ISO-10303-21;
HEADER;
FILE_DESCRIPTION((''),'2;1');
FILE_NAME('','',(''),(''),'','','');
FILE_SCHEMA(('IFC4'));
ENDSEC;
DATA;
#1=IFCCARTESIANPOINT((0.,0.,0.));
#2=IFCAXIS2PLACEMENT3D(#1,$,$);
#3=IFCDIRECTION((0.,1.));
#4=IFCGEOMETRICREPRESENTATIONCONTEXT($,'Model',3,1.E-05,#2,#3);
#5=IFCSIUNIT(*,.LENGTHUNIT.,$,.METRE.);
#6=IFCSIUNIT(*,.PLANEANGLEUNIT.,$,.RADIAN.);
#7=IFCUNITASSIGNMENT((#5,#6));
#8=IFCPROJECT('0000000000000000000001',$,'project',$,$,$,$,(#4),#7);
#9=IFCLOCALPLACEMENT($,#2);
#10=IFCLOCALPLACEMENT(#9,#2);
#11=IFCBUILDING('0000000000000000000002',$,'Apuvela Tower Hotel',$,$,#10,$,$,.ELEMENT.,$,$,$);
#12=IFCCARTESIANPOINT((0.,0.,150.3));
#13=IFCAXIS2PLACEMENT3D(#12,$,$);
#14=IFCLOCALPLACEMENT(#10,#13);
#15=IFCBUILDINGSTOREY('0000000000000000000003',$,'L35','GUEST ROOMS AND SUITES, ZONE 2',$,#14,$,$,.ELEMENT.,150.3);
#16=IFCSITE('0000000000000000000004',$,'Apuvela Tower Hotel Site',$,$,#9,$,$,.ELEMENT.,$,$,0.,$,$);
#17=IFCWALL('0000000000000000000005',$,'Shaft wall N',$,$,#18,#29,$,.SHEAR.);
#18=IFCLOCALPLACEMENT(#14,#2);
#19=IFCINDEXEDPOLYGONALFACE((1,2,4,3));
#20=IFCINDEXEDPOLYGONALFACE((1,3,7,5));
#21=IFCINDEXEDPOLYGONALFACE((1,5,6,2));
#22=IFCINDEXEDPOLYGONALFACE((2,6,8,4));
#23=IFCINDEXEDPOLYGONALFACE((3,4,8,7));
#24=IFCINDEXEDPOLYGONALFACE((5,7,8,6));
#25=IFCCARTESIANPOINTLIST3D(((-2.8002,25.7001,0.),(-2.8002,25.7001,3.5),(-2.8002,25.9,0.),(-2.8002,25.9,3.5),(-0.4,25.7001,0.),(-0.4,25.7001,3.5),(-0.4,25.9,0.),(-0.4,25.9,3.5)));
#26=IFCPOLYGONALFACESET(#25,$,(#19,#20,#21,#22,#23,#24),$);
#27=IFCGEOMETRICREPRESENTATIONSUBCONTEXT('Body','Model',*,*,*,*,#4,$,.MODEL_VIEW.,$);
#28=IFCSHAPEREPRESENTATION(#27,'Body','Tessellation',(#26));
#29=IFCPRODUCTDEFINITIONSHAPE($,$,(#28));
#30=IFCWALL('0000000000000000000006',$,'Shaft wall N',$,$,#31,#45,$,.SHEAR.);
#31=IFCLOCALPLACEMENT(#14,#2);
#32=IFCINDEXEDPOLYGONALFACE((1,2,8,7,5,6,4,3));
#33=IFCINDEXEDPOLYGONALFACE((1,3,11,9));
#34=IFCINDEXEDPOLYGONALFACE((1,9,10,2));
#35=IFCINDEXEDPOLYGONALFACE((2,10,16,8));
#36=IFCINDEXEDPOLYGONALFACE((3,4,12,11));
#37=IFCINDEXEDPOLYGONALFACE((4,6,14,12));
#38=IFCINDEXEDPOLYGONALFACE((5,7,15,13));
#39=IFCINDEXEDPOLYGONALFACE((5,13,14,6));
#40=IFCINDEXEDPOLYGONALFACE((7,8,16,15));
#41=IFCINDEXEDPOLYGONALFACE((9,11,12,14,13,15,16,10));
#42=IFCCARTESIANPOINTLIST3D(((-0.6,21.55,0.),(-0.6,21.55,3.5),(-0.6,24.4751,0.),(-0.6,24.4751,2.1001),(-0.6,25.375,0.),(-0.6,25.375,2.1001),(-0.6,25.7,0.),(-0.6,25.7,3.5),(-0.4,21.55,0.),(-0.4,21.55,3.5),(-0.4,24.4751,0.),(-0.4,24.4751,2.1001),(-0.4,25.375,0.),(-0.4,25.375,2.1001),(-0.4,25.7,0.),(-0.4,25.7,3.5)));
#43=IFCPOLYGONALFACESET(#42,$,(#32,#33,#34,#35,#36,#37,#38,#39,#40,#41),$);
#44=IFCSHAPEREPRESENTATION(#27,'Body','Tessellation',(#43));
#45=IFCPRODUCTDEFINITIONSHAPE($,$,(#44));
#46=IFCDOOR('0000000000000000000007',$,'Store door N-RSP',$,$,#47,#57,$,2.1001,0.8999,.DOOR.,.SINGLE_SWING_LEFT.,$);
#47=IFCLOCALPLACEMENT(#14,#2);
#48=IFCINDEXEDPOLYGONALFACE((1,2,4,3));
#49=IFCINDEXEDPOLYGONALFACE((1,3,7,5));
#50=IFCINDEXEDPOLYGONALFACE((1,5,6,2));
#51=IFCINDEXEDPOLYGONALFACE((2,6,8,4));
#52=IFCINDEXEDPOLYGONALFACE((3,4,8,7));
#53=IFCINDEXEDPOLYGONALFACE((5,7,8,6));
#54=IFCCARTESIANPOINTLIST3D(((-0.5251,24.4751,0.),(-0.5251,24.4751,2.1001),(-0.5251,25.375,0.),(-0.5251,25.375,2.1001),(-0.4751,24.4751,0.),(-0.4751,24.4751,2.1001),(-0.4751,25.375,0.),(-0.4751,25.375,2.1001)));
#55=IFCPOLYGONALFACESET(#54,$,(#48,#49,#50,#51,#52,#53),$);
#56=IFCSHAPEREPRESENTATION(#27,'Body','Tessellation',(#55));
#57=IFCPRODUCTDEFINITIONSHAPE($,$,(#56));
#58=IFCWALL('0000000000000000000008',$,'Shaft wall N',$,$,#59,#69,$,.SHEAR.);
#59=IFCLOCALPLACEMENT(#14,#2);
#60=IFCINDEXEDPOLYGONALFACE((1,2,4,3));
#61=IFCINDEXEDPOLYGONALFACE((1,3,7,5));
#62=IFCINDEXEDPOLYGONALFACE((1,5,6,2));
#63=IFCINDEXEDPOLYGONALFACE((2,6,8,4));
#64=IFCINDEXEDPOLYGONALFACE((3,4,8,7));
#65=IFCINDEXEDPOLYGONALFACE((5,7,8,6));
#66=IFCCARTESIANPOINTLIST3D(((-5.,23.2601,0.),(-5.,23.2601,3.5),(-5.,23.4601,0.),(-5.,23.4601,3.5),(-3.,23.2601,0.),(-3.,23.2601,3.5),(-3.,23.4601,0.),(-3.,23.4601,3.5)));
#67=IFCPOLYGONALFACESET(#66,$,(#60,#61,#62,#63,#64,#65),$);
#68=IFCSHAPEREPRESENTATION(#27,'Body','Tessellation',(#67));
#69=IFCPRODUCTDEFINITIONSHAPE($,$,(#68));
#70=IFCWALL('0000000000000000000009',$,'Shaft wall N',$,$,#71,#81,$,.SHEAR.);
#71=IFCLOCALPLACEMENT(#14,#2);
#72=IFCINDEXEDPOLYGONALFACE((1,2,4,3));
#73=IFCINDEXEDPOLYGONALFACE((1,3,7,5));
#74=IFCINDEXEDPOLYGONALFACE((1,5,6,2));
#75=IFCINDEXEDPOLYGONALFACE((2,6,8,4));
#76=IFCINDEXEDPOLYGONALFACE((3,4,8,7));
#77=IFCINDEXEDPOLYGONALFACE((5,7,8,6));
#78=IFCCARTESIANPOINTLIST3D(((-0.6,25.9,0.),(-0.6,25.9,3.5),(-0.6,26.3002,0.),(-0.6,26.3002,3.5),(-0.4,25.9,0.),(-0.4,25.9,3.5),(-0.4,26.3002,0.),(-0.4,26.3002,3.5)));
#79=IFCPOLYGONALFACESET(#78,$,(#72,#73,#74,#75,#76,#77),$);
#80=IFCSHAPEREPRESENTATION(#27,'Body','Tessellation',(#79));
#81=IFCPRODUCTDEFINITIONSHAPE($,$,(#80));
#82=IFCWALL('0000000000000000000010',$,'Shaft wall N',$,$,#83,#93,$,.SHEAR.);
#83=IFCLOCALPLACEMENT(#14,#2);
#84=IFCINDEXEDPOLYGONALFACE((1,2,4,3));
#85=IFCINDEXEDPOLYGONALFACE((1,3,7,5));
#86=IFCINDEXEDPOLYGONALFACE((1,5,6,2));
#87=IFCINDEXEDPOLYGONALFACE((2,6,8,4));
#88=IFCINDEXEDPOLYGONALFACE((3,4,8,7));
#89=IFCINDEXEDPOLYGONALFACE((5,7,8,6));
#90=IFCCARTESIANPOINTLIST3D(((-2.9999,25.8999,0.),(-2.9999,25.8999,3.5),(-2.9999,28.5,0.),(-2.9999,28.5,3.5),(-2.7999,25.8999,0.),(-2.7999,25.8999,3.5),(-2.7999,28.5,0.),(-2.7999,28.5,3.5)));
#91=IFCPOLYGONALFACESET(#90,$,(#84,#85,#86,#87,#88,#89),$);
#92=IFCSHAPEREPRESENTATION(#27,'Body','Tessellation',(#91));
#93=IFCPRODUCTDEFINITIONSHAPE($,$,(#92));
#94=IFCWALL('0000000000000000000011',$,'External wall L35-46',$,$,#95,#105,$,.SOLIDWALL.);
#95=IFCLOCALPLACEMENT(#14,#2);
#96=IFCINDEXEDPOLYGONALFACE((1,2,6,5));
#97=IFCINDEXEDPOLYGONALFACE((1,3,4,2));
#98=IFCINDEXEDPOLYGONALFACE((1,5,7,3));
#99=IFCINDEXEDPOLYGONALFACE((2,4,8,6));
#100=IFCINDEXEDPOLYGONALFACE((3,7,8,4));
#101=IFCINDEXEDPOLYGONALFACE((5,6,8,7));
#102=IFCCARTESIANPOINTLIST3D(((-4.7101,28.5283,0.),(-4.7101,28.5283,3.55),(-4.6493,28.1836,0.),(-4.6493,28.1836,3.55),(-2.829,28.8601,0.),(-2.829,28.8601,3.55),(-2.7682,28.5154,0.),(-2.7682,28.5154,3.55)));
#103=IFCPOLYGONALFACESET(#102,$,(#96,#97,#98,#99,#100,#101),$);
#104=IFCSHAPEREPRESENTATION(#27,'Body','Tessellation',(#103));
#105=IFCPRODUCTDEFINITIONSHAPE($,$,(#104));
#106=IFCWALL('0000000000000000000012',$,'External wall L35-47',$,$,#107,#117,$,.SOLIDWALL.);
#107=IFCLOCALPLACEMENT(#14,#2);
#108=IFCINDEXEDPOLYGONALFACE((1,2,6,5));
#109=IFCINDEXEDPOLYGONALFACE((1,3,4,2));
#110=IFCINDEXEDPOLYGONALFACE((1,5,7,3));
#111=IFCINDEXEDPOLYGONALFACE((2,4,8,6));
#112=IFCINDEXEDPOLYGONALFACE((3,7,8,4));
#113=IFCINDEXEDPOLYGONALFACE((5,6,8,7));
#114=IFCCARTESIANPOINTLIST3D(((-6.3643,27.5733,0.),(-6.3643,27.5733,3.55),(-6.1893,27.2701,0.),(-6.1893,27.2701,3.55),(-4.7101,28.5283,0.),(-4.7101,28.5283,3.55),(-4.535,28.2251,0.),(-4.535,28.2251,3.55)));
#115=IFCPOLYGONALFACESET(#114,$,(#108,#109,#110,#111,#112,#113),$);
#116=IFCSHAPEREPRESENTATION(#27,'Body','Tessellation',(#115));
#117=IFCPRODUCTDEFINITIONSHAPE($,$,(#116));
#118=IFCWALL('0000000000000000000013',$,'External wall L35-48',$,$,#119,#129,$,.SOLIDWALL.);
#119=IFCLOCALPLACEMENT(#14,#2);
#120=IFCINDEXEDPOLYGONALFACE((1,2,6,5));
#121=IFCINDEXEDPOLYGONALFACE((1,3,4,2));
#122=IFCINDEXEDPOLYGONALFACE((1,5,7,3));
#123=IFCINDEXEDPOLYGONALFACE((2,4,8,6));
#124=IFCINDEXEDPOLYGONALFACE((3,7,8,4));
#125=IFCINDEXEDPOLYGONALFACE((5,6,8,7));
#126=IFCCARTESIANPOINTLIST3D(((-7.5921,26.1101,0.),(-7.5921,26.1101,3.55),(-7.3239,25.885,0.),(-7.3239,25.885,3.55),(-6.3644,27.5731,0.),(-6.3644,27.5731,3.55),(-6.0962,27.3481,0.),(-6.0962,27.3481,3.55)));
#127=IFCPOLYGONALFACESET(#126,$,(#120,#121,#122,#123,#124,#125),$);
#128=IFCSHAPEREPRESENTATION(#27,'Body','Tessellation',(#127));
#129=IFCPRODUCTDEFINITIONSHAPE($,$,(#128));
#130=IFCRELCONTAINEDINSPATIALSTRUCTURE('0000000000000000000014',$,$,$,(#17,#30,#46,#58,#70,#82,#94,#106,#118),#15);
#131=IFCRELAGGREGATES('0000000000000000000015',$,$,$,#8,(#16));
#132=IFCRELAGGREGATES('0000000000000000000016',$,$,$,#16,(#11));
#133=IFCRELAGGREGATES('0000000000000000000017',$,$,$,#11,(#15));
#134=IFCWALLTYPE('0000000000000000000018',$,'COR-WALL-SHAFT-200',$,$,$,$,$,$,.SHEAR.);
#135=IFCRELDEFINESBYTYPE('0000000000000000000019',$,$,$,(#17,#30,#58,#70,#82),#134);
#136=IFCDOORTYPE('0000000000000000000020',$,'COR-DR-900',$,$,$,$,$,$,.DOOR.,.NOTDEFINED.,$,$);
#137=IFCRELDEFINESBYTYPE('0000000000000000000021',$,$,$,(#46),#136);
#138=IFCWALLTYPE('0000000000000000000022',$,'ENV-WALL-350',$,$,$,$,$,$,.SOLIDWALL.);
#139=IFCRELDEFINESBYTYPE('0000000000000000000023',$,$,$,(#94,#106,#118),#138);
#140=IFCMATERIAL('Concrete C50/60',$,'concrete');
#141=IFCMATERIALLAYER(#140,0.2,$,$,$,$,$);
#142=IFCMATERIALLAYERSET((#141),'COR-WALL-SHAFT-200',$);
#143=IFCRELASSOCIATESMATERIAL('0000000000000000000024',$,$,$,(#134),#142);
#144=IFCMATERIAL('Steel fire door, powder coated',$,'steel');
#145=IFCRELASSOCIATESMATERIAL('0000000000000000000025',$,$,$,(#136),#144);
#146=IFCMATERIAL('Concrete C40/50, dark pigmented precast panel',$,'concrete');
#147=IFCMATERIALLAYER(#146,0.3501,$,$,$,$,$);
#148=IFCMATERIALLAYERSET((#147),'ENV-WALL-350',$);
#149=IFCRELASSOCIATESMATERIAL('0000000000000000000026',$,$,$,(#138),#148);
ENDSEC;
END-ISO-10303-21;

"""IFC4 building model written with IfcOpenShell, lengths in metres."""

from ifc_helpers import new_model, si_unit, direction, frame, frame_2d, origin, place, context, subcontext, project, spatial, rectangle, extrude, material, layer, layer_set, type_object, element, fill, save


model = new_model("IFC4")

# Units and contexts
model_context = context("Model", 3, precision=1e-05, world=origin(), true_north=direction((0.0, 1.0)))
body_context = subcontext(model_context, "Body", "Model", "MODEL_VIEW")
ifc_project = project(units=[si_unit("LENGTHUNIT", "METRE"), si_unit("PLANEANGLEUNIT", "RADIAN")], contexts=[model_context])

# Site, building, storey
site_placement = place(None, origin())
site = spatial("IfcSite", under=ifc_project, at=site_placement, Name="Apuvela Tower Hotel Site", CompositionType="ELEMENT", RefElevation=0.0)
building_placement = place(site_placement, origin())
building = spatial("IfcBuilding", under=site, at=building_placement, Name="Apuvela Tower Hotel", CompositionType="ELEMENT")
storey_placement = place(building_placement, frame((0.0, 0.0, 150.3)))
storey = spatial("IfcBuildingStorey", under=building, at=storey_placement, Name="L35", Description="GUEST ROOMS AND SUITES, ZONE 2", CompositionType="ELEMENT", Elevation=150.3)

# Wall
ifc_material_1 = material(Name="Concrete C50/60", Category="concrete")
ifc_layer_1 = layer(ifc_material_1, 0.2)
ifc_layer_set_1 = layer_set([ifc_layer_1], Name="COR-WALL-SHAFT-200")
wall_type_1 = type_object("IfcWallType", Name="COR-WALL-SHAFT-200", PredefinedType="SHEAR", material=ifc_layer_set_1)
wall_1_placement = place(storey_placement, frame((-0.3999, 25.8, 0.0), z_axis=(0.0, 0.0, 1.0), x_axis=(-1.0, 0.0, 0.0)))
element("IfcWall", 1, at=wall_1_placement, inside=storey, type_object=wall_type_1, Name="Shaft wall N", PredefinedType="SHEAR", context=body_context, shape_type="SweptSolid", body=[
    extrude(rectangle(XDim=2.4001, YDim=0.2, at=frame_2d((1.2002, 0.0))), origin(), (0.0, 0.0, 1.0), 3.5),
])

# Wall, opening, door
wall_2_placement = place(storey_placement, frame((-0.5, 21.55, 0.0), z_axis=(0.0, 0.0, 1.0), x_axis=(0.0, 1.0, 0.0)))
wall_2 = element("IfcWall", 2, at=wall_2_placement, inside=storey, type_object=wall_type_1, Name="Shaft wall N", PredefinedType="SHEAR", context=body_context, shape_type="SweptSolid", body=[
    extrude(rectangle(XDim=4.1499, YDim=0.2, at=frame_2d((2.075, 0.0))), origin(), (0.0, 0.0, 1.0), 3.5),
])
opening_1_placement = place(wall_2_placement, frame((2.925, 0.0, 0.0)))
opening_1 = element("IfcOpeningElement", 3, at=opening_1_placement, cuts=wall_2, PredefinedType="OPENING", context=body_context, shape_type="SweptSolid", body=[
    extrude(rectangle(XDim=0.8999, YDim=2.1001, at=frame_2d((0.45, 1.05))), frame((0.0, 0.1099, 0.0), z_axis=(0.0, -1.0, 0.0), x_axis=(1.0, 0.0, 0.0)), (0.0, 0.0, 1.0), 0.22),
])
ifc_material_2 = material(Name="Steel fire door, powder coated", Category="steel")
door_type_1 = type_object("IfcDoorType", Name="COR-DR-900", OperationType="NOTDEFINED", PredefinedType="DOOR", material=ifc_material_2)
door_1_placement = place(opening_1_placement, frame((0.8999, 0.0, 0.0), z_axis=(0.0, 0.0, 1.0), x_axis=(-1.0, 0.0, 0.0)))
door_1 = element("IfcDoor", 4, at=door_1_placement, inside=storey, type_object=door_type_1, Name="Store door N-RSP", OperationType="SINGLE_SWING_LEFT", OverallHeight=2.1001, OverallWidth=0.8999, PredefinedType="DOOR", context=body_context, shape_type="SweptSolid", body=[
    extrude(rectangle(XDim=0.8999, YDim=2.1001, at=frame_2d((0.45, 1.05))), frame((0.0, 0.0249, 0.0), z_axis=(0.0, -1.0, 0.0), x_axis=(1.0, 0.0, 0.0)), (0.0, 0.0, 1.0), 0.05),
])
fill(opening_1, door_1)

# Walls
wall_3_placement = place(storey_placement, frame((-3.0, 23.3601, 0.0), z_axis=(0.0, 0.0, 1.0), x_axis=(-1.0, 0.0, 0.0)))
element("IfcWall", 5, at=wall_3_placement, inside=storey, type_object=wall_type_1, Name="Shaft wall N", PredefinedType="SHEAR", context=body_context, shape_type="SweptSolid", body=[
    extrude(rectangle(XDim=2.0, YDim=0.2, at=frame_2d((1.0, 0.0))), origin(), (0.0, 0.0, 1.0), 3.5),
])
wall_4_placement = place(storey_placement, frame((-0.5, 25.8999, 0.0), z_axis=(0.0, 0.0, 1.0), x_axis=(0.0, 1.0, 0.0)))
element("IfcWall", 6, at=wall_4_placement, inside=storey, type_object=wall_type_1, Name="Shaft wall N", PredefinedType="SHEAR", context=body_context, shape_type="SweptSolid", body=[
    extrude(rectangle(XDim=0.4001, YDim=0.2, at=frame_2d((0.2002, 0.0))), origin(), (0.0, 0.0, 1.0), 3.5),
])
wall_5_placement = place(storey_placement, frame((-2.8999, 25.8999, 0.0), z_axis=(0.0, 0.0, 1.0), x_axis=(0.0, 1.0, 0.0)))
element("IfcWall", 7, at=wall_5_placement, inside=storey, type_object=wall_type_1, Name="Shaft wall N", PredefinedType="SHEAR", context=body_context, shape_type="SweptSolid", body=[
    extrude(rectangle(XDim=2.6001, YDim=0.2, at=frame_2d((1.3, 0.0))), origin(), (0.0, 0.0, 1.0), 3.5),
])

# Shared definitions
ifc_material_3 = material(Name="Concrete C40/50, dark pigmented precast panel", Category="concrete")
ifc_layer_2 = layer(ifc_material_3, 0.3501)
ifc_layer_set_2 = layer_set([ifc_layer_2], Name="ENV-WALL-350")
wall_type_2 = type_object("IfcWallType", Name="ENV-WALL-350", PredefinedType="SOLIDWALL", material=ifc_layer_set_2)

# Walls
for number, where, z_axis, x_axis, name in (
    (8, (-2.7986, 28.6877, 0.0), (0.0, 0.0, 1.0), (-0.984799, -0.173698, 0.0), "External wall L35-46"),
    (9, (-4.6226, 28.3767, 0.0), (0.0, 0.0, 1.0), (-0.866032, -0.499988, 0.0), "External wall L35-47"),
):
    element("IfcWall", number, at=place(storey_placement, frame(where, z_axis=z_axis, x_axis=x_axis)), inside=storey, type_object=wall_type_2, Name=name, PredefinedType="SOLIDWALL", context=body_context, shape_type="SweptSolid", body=[
        extrude(rectangle(XDim=1.9102, YDim=0.3501, at=frame_2d((0.9551, 0.0))), origin(), (0.0, 0.0, 1.0), 3.55),
    ])
wall_6_placement = place(storey_placement, frame((-6.2302, 27.4607, 0.0), z_axis=(0.0, 0.0, 1.0), x_axis=(-0.642808, -0.766027, 0.0)))
element("IfcWall", 10, at=wall_6_placement, inside=storey, type_object=wall_type_2, Name="External wall L35-48", PredefinedType="SOLIDWALL", context=body_context, shape_type="SweptSolid", body=[
    extrude(rectangle(XDim=1.9099, YDim=0.3501, at=frame_2d((0.9551, 0.0))), origin(), (0.0, 0.0, 1.0), 3.55),
])

save(model, "model.ifc")
